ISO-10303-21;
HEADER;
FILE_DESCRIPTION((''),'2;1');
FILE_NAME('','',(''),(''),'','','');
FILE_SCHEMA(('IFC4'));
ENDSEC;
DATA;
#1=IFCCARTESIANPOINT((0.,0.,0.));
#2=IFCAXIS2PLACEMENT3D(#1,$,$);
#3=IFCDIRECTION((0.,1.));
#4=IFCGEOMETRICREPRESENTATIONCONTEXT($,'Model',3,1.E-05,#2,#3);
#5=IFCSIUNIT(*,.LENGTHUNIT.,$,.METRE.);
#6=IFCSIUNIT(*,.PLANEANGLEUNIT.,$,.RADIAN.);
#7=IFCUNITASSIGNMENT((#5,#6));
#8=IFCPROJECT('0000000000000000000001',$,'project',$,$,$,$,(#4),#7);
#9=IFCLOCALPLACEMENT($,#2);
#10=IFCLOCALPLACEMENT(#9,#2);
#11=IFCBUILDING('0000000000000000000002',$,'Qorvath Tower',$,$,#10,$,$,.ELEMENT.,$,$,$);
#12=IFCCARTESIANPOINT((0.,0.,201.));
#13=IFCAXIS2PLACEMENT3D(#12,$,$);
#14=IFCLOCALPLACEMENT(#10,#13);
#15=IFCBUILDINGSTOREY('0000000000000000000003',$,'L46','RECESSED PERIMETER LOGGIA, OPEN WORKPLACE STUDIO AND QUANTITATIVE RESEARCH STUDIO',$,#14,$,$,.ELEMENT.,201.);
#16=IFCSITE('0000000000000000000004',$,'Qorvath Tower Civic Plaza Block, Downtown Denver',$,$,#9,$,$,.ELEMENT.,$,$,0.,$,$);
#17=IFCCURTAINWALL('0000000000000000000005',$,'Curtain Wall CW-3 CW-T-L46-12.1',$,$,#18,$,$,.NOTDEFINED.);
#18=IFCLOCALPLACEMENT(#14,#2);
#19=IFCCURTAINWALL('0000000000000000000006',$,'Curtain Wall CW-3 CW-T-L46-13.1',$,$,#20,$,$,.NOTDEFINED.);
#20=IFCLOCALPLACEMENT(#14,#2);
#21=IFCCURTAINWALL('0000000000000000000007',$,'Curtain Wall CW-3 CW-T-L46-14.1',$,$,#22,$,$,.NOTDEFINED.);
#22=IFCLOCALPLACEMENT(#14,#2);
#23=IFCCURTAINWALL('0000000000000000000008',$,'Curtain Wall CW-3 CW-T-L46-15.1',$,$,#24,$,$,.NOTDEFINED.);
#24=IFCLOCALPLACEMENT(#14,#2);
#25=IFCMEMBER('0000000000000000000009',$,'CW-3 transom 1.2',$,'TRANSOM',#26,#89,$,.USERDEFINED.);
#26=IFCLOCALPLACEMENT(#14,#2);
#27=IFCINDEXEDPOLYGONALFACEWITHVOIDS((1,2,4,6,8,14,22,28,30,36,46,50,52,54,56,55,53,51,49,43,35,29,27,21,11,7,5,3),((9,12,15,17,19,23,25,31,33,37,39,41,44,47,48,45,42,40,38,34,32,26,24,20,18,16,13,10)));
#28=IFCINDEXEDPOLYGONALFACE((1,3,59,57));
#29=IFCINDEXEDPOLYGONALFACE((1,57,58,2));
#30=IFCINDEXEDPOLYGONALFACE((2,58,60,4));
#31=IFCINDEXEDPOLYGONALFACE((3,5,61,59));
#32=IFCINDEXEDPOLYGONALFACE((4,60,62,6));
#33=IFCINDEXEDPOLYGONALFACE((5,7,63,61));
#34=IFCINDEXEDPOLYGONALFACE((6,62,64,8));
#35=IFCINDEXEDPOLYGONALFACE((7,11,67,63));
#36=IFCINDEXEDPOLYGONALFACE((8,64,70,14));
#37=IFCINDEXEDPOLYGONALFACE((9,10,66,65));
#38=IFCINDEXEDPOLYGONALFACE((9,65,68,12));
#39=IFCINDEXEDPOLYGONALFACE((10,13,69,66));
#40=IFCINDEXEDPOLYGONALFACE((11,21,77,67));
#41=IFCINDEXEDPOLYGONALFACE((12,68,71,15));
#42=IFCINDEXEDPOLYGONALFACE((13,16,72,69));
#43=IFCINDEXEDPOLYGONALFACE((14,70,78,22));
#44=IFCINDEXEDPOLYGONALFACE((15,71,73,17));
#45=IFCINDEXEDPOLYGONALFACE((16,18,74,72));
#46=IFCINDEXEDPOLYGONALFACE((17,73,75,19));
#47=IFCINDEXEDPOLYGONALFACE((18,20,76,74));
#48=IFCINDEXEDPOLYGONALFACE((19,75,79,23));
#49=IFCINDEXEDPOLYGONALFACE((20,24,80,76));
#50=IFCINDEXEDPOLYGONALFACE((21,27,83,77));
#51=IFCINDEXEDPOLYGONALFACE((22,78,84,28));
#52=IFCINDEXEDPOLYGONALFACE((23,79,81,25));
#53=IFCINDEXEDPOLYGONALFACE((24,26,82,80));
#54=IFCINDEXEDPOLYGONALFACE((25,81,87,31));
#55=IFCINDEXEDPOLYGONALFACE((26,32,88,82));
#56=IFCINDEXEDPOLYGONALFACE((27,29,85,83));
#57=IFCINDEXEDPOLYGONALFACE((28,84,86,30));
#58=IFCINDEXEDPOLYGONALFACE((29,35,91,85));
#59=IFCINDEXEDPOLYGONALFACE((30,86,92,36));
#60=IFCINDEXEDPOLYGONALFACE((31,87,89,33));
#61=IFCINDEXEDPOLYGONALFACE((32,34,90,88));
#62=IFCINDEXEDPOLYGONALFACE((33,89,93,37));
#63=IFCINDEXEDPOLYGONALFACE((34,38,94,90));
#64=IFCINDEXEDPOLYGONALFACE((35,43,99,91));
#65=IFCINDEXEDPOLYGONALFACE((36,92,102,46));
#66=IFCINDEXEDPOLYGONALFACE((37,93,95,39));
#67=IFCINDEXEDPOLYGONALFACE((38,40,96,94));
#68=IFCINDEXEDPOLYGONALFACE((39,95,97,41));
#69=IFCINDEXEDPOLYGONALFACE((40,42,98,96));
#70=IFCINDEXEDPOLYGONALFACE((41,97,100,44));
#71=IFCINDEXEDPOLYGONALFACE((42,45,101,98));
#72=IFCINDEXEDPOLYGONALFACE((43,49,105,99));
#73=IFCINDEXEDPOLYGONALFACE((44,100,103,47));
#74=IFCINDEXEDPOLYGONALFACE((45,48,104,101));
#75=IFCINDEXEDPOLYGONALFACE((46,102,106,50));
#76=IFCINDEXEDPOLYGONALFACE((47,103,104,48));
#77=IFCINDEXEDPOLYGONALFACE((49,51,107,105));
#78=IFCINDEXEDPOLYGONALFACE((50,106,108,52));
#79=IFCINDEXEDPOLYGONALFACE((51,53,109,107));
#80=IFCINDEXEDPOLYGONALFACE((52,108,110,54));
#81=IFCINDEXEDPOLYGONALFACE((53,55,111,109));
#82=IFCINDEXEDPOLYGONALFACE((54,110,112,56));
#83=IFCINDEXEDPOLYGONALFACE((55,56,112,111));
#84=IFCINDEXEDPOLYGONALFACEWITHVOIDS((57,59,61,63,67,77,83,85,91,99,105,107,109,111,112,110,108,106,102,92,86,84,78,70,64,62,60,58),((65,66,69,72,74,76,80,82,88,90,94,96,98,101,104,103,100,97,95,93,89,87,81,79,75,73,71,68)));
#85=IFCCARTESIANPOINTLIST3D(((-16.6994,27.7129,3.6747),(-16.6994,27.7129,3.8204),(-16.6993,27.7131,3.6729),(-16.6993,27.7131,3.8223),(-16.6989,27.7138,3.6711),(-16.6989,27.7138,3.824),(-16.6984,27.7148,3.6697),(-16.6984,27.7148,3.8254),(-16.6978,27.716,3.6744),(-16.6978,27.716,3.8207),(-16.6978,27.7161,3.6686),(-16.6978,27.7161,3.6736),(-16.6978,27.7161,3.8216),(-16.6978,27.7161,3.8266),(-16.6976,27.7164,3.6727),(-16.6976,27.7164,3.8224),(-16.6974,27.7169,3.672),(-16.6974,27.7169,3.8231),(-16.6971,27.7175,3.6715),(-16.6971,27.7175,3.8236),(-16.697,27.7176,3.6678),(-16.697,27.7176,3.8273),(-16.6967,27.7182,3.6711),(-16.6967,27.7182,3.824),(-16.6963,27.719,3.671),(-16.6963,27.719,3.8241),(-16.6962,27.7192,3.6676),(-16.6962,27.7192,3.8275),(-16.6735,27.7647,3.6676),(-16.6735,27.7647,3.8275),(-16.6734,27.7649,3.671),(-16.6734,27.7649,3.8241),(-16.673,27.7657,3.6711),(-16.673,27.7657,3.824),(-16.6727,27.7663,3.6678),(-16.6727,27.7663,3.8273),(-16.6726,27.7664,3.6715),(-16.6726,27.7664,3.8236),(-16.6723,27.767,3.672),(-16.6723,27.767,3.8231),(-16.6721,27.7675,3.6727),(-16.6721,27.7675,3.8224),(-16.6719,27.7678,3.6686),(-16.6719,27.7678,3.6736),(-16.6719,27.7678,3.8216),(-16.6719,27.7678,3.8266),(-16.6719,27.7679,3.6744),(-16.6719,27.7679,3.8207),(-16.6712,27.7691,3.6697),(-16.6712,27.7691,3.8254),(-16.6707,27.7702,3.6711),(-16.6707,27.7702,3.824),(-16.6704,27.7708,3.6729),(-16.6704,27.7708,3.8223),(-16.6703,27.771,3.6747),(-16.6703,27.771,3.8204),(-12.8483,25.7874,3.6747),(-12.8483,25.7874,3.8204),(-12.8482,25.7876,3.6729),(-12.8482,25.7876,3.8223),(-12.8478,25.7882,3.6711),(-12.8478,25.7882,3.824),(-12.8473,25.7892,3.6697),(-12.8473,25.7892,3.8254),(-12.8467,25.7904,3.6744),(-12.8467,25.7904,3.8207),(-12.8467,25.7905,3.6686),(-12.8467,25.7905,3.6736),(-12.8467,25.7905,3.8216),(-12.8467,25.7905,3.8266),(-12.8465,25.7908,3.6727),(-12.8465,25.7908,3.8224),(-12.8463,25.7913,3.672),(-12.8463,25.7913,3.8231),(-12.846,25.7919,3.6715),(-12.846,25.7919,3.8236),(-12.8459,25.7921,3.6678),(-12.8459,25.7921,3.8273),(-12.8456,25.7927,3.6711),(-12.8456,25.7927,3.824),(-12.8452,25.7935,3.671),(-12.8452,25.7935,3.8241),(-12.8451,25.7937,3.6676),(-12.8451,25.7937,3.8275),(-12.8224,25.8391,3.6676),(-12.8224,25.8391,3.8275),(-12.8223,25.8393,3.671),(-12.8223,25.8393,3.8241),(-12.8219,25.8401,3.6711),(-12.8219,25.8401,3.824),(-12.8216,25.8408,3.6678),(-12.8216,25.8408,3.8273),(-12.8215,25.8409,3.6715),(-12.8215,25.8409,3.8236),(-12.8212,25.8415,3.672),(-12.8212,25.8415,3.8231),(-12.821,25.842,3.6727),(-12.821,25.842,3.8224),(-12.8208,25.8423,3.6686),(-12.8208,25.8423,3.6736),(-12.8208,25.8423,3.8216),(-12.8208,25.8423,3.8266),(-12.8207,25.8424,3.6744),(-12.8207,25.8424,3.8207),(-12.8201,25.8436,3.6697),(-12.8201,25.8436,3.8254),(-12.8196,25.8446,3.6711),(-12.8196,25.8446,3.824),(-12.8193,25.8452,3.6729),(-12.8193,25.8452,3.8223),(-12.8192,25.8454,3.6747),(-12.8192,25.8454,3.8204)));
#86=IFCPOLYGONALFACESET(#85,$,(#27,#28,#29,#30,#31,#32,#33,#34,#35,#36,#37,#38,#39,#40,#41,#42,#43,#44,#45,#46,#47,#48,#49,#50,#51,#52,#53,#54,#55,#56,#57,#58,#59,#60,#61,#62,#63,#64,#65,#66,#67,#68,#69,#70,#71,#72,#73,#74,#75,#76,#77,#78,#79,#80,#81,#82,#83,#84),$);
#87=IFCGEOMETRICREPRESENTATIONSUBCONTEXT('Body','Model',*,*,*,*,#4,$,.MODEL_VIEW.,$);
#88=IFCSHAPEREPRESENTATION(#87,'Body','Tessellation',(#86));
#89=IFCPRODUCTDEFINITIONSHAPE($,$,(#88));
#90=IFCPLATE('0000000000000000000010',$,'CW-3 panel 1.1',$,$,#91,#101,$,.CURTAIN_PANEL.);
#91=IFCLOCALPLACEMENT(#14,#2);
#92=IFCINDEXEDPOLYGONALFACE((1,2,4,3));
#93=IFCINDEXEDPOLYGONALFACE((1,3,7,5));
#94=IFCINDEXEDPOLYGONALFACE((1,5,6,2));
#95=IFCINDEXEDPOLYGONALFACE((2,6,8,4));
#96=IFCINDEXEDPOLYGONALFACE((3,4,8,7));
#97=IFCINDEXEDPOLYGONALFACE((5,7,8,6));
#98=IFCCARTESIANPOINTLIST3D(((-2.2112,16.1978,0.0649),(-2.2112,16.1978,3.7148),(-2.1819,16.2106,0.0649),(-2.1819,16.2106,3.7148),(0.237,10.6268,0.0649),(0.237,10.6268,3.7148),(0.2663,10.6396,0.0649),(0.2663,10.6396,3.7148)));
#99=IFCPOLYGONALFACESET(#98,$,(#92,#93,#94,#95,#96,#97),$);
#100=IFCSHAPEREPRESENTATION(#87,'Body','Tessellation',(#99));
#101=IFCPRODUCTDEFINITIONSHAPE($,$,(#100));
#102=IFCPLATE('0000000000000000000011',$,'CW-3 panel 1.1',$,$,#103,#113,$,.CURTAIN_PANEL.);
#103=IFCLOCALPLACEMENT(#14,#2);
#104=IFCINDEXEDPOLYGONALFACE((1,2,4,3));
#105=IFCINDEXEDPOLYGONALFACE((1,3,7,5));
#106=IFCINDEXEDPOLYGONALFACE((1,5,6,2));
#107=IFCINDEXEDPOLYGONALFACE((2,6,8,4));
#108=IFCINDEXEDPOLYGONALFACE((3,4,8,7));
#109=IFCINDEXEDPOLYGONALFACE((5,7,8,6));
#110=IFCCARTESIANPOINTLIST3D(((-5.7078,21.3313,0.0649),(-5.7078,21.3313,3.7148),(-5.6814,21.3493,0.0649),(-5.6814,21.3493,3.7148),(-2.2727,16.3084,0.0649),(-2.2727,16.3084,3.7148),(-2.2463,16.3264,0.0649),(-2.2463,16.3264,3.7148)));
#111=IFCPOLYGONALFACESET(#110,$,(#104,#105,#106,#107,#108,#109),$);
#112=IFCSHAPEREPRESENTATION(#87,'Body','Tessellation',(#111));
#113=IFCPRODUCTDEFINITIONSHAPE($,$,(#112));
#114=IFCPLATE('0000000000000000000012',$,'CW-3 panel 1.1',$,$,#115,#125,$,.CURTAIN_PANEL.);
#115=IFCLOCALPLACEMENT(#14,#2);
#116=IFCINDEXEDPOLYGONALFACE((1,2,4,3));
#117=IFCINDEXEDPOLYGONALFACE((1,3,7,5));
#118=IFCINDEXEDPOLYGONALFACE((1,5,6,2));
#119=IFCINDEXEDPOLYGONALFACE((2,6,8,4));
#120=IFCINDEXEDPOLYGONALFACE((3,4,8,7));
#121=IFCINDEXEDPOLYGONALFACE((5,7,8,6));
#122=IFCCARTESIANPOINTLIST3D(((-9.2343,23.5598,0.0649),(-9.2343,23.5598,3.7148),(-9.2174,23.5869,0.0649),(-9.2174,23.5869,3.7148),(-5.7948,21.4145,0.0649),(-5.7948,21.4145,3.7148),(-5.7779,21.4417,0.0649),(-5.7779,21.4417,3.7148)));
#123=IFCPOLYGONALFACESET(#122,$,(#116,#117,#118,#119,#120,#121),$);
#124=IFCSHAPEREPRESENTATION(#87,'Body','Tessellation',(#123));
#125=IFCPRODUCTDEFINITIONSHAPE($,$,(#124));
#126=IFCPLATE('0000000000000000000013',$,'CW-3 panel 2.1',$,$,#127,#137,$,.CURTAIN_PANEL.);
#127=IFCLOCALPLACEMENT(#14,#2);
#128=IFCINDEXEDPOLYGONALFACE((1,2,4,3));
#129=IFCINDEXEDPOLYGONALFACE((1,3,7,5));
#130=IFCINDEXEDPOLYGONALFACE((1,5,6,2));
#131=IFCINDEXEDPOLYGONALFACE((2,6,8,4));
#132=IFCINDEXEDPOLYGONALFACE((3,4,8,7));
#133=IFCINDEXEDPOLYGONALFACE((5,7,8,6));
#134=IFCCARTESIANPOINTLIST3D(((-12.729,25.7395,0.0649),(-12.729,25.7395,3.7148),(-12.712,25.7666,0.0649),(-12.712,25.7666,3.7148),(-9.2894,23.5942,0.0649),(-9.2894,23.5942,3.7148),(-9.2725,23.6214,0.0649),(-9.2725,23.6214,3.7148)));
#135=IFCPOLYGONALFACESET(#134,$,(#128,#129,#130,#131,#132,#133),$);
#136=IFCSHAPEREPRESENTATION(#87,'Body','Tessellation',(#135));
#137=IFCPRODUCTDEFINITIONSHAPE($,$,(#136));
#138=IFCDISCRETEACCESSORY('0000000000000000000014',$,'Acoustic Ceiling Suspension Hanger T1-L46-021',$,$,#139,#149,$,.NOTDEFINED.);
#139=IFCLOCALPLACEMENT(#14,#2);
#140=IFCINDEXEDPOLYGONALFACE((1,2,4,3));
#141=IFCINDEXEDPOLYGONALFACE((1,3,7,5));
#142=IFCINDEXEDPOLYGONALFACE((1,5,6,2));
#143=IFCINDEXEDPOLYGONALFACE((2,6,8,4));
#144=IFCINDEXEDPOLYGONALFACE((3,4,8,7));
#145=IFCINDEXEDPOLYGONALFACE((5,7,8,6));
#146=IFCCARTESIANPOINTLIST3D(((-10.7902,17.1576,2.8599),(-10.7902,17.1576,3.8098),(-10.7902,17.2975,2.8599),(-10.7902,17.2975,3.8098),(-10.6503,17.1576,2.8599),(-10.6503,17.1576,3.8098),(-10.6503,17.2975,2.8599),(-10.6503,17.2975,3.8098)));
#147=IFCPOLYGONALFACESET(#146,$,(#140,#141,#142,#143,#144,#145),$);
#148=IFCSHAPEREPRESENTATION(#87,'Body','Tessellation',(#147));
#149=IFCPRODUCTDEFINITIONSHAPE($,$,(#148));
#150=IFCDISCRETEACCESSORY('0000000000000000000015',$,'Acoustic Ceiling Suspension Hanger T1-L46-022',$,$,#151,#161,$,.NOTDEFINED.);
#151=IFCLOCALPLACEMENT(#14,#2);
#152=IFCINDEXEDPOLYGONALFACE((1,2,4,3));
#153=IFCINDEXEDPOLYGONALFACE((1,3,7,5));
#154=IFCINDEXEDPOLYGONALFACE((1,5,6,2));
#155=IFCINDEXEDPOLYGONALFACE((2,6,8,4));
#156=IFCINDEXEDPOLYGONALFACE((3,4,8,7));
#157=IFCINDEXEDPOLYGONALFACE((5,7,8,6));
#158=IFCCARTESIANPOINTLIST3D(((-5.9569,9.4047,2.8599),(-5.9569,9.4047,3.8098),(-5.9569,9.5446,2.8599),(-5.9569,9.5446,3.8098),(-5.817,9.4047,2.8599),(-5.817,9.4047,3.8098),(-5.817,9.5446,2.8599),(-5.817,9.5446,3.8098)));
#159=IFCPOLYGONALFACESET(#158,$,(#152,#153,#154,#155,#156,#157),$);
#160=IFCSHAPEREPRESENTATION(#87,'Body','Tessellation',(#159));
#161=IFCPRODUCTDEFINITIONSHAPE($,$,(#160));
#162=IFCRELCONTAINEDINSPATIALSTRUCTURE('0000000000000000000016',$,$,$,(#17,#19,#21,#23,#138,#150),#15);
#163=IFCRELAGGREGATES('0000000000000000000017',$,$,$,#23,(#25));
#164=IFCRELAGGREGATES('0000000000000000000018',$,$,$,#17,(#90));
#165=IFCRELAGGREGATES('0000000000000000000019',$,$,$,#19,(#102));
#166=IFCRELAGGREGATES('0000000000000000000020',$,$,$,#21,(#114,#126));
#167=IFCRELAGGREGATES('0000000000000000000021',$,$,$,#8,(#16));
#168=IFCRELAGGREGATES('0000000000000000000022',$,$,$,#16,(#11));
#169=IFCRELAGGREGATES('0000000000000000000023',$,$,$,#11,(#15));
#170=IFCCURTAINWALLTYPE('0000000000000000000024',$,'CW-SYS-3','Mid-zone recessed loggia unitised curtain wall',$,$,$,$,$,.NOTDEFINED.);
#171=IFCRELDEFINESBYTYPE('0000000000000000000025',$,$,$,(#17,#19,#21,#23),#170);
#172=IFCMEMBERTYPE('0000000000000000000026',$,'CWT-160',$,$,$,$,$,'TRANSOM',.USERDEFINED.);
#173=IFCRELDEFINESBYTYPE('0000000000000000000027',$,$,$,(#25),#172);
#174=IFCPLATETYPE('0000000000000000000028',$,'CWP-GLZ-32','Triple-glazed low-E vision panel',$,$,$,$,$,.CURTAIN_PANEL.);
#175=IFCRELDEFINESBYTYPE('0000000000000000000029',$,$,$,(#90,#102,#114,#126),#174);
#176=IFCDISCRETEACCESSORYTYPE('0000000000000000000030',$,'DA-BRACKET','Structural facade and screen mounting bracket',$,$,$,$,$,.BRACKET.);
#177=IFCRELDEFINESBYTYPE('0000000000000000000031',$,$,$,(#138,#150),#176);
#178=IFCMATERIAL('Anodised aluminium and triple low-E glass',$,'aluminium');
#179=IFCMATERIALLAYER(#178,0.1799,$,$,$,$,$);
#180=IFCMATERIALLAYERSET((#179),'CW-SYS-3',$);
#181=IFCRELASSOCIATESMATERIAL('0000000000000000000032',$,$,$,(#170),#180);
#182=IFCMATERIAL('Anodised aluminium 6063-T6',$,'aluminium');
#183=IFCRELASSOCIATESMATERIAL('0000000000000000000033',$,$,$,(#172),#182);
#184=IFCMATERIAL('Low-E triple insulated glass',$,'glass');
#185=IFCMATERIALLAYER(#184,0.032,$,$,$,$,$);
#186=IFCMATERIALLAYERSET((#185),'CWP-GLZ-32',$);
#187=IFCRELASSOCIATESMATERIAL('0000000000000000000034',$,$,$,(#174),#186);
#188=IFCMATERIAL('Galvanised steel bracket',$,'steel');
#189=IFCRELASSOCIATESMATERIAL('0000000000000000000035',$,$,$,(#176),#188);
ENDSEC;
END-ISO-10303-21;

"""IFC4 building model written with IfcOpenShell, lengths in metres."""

from ifc_helpers import new_model, si_unit, direction, frame, origin, origin_2d, place, context, subcontext, project, spatial, rectangle, hollow_rectangle, extrude, material, layer, layer_set, material_profile, profile_set, type_object, element, aggregate, save


model = new_model("IFC4")

# Units and contexts
model_context = context("Model", 3, precision=1e-05, world=origin(), true_north=direction((0.0, 1.0)))
body_context = subcontext(model_context, "Body", "Model", "MODEL_VIEW")
ifc_project = project(units=[si_unit("LENGTHUNIT", "METRE"), si_unit("PLANEANGLEUNIT", "RADIAN")], contexts=[model_context])

# Site, building, storey
site_placement = place(None, origin())
site = spatial("IfcSite", under=ifc_project, at=site_placement, Name="Qorvath Tower Civic Plaza Block, Downtown Denver", CompositionType="ELEMENT", RefElevation=0.0)
building_placement = place(site_placement, origin())
building = spatial("IfcBuilding", under=site, at=building_placement, Name="Qorvath Tower", CompositionType="ELEMENT")
storey_placement = place(building_placement, frame((0.0, 0.0, 201.0)))
storey = spatial("IfcBuildingStorey", under=building, at=storey_placement, Name="L46", Description="RECESSED PERIMETER LOGGIA, OPEN WORKPLACE STUDIO AND QUANTITATIVE RESEARCH STUDIO", CompositionType="ELEMENT", Elevation=201.0)

# Shared definitions
ifc_material_1 = material(Name="Anodised aluminium and triple low-E glass", Category="aluminium")
ifc_layer_1 = layer(ifc_material_1, 0.1799)
ifc_layer_set_1 = layer_set([ifc_layer_1], Name="CW-SYS-3")
curtain_wall_type = type_object("IfcCurtainWallType", Name="CW-SYS-3", Description="Mid-zone recessed loggia unitised curtain wall", PredefinedType="NOTDEFINED", material=ifc_layer_set_1)

# Curtain walls
curtain_wall_1_placement = place(storey_placement, origin())
curtain_wall_1 = element("IfcCurtainWall", 1, at=curtain_wall_1_placement, inside=storey, type_object=curtain_wall_type, Name="Curtain Wall CW-3 CW-T-L46-12.1", PredefinedType="NOTDEFINED")
curtain_wall_2_placement = place(storey_placement, origin())
curtain_wall_2 = element("IfcCurtainWall", 2, at=curtain_wall_2_placement, inside=storey, type_object=curtain_wall_type, Name="Curtain Wall CW-3 CW-T-L46-13.1", PredefinedType="NOTDEFINED")
curtain_wall_3_placement = place(storey_placement, origin())
curtain_wall_3 = element("IfcCurtainWall", 3, at=curtain_wall_3_placement, inside=storey, type_object=curtain_wall_type, Name="Curtain Wall CW-3 CW-T-L46-14.1", PredefinedType="NOTDEFINED")

# Curtain wall
curtain_wall_4_placement = place(storey_placement, origin())
curtain_wall_4 = element("IfcCurtainWall", 4, at=curtain_wall_4_placement, inside=storey, type_object=curtain_wall_type, Name="Curtain Wall CW-3 CW-T-L46-15.1", PredefinedType="NOTDEFINED")

# Member
ifc_material_2 = material(Name="Anodised aluminium 6063-T6", Category="aluminium")
ifc_material_profile_1 = material_profile(ifc_material_2, hollow_rectangle(XDim=0.0649, YDim=0.1599, WallThickness=0.0034, InnerFilletRadius=0.0034, OuterFilletRadius=0.0071, at=origin_2d()), Name="CWT 160x65")
ifc_profile_set_1 = profile_set([ifc_material_profile_1], Name="Anodised aluminium 6063-T6")
member_type_1 = type_object("IfcMemberType", Name="CWT-160", ElementType="TRANSOM", PredefinedType="USERDEFINED", material=ifc_profile_set_1)
member_1_placement = place(storey_placement, frame((-12.8337, 25.8164, 3.7476), z_axis=(-0.894427, 0.447214, 0.0), x_axis=(-0.447214, -0.894427, 0.0)))
member_1 = element("IfcMember", 5, at=member_1_placement, type_object=member_type_1, Name="CW-3 transom 1.2", ObjectType="TRANSOM", PredefinedType="USERDEFINED", context=body_context, shape_type="SweptSolid", body=[
    extrude(hollow_rectangle(XDim=0.0649, YDim=0.1599, WallThickness=0.0034, InnerFilletRadius=0.0034, OuterFilletRadius=0.0071, at=origin_2d()), origin(), (0.0, 0.0, 1.0), 4.3057),
])
aggregate(curtain_wall_4, [member_1])

# Plates
ifc_material_3 = material(Name="Low-E triple insulated glass", Category="glass")
ifc_layer_2 = layer(ifc_material_3, 0.032)
ifc_layer_set_2 = layer_set([ifc_layer_2], Name="CWP-GLZ-32")
plate_type = type_object("IfcPlateType", Name="CWP-GLZ-32", Description="Triple-glazed low-E vision panel", PredefinedType="CURTAIN_PANEL", material=ifc_layer_set_2)
plate_1_placement = place(storey_placement, frame((-0.9724, 13.4187, 0.0649), z_axis=(0.0, 0.0, 1.0), x_axis=(-0.402321, 0.915499, 0.0)))
plate_1 = element("IfcPlate", 6, at=plate_1_placement, type_object=plate_type, Name="CW-3 panel 1.1", PredefinedType="CURTAIN_PANEL", context=body_context, shape_type="SweptSolid", body=[
    extrude(rectangle(XDim=6.0852, YDim=0.032, at=origin_2d()), origin(), (0.0, 0.0, 1.0), 3.6499),
])
aggregate(curtain_wall_1, [plate_1])
plate_2_placement = place(storey_placement, frame((-3.9771, 18.8289, 0.0649), z_axis=(0.0, 0.0, 1.0), x_axis=(-0.564512, 0.825425, 0.0)))
plate_2 = element("IfcPlate", 7, at=plate_2_placement, type_object=plate_type, Name="CW-3 panel 1.1", PredefinedType="CURTAIN_PANEL", context=body_context, shape_type="SweptSolid", body=[
    extrude(rectangle(XDim=6.0852, YDim=0.032, at=origin_2d()), origin(), (0.0, 0.0, 1.0), 3.6499),
])
aggregate(curtain_wall_2, [plate_2])
plate_3_placement = place(storey_placement, frame((-7.5061, 22.5007, 0.0649), z_axis=(0.0, 0.0, 1.0), x_axis=(-0.848493, 0.529206, 0.0)))
plate_3 = element("IfcPlate", 8, at=plate_3_placement, type_object=plate_type, Name="CW-3 panel 1.1", PredefinedType="CURTAIN_PANEL", context=body_context, shape_type="SweptSolid", body=[
    extrude(rectangle(XDim=4.0537, YDim=0.032, at=origin_2d()), origin(), (0.0, 0.0, 1.0), 3.6499),
])
plate_4_placement = place(storey_placement, frame((-11.0007, 24.6804, 0.0649), z_axis=(0.0, 0.0, 1.0), x_axis=(-0.848493, 0.529206, 0.0)))
plate_4 = element("IfcPlate", 9, at=plate_4_placement, type_object=plate_type, Name="CW-3 panel 2.1", PredefinedType="CURTAIN_PANEL", context=body_context, shape_type="SweptSolid", body=[
    extrude(rectangle(XDim=4.0537, YDim=0.032, at=origin_2d()), origin(), (0.0, 0.0, 1.0), 3.6499),
])
aggregate(curtain_wall_3, [plate_3, plate_4])

# Discrete accessories
ifc_material_4 = material(Name="Galvanised steel bracket", Category="steel")
discrete_accessory_type = type_object("IfcDiscreteAccessoryType", Name="DA-BRACKET", Description="Structural facade and screen mounting bracket", PredefinedType="BRACKET", material=ifc_material_4)
for number, where, z_axis, x_axis, name in (
    (10, (-10.7202, 17.2275, 2.8599), (0.0, 0.0, 1.0), (1.0, 0.0, 0.0), "Acoustic Ceiling Suspension Hanger T1-L46-021"),
    (11, (-5.887, 9.4746, 2.8599), (0.0, 0.0, 1.0), (1.0, 0.0, 0.0), "Acoustic Ceiling Suspension Hanger T1-L46-022"),
):
    element("IfcDiscreteAccessory", number, at=place(storey_placement, frame(where, z_axis=z_axis, x_axis=x_axis)), inside=storey, type_object=discrete_accessory_type, Name=name, PredefinedType="NOTDEFINED", context=body_context, shape_type="SweptSolid", body=[
        extrude(rectangle(XDim=0.1399, YDim=0.1399, at=origin_2d()), origin(), (0.0, 0.0, 1.0), 0.95),
    ])

save(model, "model.ifc")
